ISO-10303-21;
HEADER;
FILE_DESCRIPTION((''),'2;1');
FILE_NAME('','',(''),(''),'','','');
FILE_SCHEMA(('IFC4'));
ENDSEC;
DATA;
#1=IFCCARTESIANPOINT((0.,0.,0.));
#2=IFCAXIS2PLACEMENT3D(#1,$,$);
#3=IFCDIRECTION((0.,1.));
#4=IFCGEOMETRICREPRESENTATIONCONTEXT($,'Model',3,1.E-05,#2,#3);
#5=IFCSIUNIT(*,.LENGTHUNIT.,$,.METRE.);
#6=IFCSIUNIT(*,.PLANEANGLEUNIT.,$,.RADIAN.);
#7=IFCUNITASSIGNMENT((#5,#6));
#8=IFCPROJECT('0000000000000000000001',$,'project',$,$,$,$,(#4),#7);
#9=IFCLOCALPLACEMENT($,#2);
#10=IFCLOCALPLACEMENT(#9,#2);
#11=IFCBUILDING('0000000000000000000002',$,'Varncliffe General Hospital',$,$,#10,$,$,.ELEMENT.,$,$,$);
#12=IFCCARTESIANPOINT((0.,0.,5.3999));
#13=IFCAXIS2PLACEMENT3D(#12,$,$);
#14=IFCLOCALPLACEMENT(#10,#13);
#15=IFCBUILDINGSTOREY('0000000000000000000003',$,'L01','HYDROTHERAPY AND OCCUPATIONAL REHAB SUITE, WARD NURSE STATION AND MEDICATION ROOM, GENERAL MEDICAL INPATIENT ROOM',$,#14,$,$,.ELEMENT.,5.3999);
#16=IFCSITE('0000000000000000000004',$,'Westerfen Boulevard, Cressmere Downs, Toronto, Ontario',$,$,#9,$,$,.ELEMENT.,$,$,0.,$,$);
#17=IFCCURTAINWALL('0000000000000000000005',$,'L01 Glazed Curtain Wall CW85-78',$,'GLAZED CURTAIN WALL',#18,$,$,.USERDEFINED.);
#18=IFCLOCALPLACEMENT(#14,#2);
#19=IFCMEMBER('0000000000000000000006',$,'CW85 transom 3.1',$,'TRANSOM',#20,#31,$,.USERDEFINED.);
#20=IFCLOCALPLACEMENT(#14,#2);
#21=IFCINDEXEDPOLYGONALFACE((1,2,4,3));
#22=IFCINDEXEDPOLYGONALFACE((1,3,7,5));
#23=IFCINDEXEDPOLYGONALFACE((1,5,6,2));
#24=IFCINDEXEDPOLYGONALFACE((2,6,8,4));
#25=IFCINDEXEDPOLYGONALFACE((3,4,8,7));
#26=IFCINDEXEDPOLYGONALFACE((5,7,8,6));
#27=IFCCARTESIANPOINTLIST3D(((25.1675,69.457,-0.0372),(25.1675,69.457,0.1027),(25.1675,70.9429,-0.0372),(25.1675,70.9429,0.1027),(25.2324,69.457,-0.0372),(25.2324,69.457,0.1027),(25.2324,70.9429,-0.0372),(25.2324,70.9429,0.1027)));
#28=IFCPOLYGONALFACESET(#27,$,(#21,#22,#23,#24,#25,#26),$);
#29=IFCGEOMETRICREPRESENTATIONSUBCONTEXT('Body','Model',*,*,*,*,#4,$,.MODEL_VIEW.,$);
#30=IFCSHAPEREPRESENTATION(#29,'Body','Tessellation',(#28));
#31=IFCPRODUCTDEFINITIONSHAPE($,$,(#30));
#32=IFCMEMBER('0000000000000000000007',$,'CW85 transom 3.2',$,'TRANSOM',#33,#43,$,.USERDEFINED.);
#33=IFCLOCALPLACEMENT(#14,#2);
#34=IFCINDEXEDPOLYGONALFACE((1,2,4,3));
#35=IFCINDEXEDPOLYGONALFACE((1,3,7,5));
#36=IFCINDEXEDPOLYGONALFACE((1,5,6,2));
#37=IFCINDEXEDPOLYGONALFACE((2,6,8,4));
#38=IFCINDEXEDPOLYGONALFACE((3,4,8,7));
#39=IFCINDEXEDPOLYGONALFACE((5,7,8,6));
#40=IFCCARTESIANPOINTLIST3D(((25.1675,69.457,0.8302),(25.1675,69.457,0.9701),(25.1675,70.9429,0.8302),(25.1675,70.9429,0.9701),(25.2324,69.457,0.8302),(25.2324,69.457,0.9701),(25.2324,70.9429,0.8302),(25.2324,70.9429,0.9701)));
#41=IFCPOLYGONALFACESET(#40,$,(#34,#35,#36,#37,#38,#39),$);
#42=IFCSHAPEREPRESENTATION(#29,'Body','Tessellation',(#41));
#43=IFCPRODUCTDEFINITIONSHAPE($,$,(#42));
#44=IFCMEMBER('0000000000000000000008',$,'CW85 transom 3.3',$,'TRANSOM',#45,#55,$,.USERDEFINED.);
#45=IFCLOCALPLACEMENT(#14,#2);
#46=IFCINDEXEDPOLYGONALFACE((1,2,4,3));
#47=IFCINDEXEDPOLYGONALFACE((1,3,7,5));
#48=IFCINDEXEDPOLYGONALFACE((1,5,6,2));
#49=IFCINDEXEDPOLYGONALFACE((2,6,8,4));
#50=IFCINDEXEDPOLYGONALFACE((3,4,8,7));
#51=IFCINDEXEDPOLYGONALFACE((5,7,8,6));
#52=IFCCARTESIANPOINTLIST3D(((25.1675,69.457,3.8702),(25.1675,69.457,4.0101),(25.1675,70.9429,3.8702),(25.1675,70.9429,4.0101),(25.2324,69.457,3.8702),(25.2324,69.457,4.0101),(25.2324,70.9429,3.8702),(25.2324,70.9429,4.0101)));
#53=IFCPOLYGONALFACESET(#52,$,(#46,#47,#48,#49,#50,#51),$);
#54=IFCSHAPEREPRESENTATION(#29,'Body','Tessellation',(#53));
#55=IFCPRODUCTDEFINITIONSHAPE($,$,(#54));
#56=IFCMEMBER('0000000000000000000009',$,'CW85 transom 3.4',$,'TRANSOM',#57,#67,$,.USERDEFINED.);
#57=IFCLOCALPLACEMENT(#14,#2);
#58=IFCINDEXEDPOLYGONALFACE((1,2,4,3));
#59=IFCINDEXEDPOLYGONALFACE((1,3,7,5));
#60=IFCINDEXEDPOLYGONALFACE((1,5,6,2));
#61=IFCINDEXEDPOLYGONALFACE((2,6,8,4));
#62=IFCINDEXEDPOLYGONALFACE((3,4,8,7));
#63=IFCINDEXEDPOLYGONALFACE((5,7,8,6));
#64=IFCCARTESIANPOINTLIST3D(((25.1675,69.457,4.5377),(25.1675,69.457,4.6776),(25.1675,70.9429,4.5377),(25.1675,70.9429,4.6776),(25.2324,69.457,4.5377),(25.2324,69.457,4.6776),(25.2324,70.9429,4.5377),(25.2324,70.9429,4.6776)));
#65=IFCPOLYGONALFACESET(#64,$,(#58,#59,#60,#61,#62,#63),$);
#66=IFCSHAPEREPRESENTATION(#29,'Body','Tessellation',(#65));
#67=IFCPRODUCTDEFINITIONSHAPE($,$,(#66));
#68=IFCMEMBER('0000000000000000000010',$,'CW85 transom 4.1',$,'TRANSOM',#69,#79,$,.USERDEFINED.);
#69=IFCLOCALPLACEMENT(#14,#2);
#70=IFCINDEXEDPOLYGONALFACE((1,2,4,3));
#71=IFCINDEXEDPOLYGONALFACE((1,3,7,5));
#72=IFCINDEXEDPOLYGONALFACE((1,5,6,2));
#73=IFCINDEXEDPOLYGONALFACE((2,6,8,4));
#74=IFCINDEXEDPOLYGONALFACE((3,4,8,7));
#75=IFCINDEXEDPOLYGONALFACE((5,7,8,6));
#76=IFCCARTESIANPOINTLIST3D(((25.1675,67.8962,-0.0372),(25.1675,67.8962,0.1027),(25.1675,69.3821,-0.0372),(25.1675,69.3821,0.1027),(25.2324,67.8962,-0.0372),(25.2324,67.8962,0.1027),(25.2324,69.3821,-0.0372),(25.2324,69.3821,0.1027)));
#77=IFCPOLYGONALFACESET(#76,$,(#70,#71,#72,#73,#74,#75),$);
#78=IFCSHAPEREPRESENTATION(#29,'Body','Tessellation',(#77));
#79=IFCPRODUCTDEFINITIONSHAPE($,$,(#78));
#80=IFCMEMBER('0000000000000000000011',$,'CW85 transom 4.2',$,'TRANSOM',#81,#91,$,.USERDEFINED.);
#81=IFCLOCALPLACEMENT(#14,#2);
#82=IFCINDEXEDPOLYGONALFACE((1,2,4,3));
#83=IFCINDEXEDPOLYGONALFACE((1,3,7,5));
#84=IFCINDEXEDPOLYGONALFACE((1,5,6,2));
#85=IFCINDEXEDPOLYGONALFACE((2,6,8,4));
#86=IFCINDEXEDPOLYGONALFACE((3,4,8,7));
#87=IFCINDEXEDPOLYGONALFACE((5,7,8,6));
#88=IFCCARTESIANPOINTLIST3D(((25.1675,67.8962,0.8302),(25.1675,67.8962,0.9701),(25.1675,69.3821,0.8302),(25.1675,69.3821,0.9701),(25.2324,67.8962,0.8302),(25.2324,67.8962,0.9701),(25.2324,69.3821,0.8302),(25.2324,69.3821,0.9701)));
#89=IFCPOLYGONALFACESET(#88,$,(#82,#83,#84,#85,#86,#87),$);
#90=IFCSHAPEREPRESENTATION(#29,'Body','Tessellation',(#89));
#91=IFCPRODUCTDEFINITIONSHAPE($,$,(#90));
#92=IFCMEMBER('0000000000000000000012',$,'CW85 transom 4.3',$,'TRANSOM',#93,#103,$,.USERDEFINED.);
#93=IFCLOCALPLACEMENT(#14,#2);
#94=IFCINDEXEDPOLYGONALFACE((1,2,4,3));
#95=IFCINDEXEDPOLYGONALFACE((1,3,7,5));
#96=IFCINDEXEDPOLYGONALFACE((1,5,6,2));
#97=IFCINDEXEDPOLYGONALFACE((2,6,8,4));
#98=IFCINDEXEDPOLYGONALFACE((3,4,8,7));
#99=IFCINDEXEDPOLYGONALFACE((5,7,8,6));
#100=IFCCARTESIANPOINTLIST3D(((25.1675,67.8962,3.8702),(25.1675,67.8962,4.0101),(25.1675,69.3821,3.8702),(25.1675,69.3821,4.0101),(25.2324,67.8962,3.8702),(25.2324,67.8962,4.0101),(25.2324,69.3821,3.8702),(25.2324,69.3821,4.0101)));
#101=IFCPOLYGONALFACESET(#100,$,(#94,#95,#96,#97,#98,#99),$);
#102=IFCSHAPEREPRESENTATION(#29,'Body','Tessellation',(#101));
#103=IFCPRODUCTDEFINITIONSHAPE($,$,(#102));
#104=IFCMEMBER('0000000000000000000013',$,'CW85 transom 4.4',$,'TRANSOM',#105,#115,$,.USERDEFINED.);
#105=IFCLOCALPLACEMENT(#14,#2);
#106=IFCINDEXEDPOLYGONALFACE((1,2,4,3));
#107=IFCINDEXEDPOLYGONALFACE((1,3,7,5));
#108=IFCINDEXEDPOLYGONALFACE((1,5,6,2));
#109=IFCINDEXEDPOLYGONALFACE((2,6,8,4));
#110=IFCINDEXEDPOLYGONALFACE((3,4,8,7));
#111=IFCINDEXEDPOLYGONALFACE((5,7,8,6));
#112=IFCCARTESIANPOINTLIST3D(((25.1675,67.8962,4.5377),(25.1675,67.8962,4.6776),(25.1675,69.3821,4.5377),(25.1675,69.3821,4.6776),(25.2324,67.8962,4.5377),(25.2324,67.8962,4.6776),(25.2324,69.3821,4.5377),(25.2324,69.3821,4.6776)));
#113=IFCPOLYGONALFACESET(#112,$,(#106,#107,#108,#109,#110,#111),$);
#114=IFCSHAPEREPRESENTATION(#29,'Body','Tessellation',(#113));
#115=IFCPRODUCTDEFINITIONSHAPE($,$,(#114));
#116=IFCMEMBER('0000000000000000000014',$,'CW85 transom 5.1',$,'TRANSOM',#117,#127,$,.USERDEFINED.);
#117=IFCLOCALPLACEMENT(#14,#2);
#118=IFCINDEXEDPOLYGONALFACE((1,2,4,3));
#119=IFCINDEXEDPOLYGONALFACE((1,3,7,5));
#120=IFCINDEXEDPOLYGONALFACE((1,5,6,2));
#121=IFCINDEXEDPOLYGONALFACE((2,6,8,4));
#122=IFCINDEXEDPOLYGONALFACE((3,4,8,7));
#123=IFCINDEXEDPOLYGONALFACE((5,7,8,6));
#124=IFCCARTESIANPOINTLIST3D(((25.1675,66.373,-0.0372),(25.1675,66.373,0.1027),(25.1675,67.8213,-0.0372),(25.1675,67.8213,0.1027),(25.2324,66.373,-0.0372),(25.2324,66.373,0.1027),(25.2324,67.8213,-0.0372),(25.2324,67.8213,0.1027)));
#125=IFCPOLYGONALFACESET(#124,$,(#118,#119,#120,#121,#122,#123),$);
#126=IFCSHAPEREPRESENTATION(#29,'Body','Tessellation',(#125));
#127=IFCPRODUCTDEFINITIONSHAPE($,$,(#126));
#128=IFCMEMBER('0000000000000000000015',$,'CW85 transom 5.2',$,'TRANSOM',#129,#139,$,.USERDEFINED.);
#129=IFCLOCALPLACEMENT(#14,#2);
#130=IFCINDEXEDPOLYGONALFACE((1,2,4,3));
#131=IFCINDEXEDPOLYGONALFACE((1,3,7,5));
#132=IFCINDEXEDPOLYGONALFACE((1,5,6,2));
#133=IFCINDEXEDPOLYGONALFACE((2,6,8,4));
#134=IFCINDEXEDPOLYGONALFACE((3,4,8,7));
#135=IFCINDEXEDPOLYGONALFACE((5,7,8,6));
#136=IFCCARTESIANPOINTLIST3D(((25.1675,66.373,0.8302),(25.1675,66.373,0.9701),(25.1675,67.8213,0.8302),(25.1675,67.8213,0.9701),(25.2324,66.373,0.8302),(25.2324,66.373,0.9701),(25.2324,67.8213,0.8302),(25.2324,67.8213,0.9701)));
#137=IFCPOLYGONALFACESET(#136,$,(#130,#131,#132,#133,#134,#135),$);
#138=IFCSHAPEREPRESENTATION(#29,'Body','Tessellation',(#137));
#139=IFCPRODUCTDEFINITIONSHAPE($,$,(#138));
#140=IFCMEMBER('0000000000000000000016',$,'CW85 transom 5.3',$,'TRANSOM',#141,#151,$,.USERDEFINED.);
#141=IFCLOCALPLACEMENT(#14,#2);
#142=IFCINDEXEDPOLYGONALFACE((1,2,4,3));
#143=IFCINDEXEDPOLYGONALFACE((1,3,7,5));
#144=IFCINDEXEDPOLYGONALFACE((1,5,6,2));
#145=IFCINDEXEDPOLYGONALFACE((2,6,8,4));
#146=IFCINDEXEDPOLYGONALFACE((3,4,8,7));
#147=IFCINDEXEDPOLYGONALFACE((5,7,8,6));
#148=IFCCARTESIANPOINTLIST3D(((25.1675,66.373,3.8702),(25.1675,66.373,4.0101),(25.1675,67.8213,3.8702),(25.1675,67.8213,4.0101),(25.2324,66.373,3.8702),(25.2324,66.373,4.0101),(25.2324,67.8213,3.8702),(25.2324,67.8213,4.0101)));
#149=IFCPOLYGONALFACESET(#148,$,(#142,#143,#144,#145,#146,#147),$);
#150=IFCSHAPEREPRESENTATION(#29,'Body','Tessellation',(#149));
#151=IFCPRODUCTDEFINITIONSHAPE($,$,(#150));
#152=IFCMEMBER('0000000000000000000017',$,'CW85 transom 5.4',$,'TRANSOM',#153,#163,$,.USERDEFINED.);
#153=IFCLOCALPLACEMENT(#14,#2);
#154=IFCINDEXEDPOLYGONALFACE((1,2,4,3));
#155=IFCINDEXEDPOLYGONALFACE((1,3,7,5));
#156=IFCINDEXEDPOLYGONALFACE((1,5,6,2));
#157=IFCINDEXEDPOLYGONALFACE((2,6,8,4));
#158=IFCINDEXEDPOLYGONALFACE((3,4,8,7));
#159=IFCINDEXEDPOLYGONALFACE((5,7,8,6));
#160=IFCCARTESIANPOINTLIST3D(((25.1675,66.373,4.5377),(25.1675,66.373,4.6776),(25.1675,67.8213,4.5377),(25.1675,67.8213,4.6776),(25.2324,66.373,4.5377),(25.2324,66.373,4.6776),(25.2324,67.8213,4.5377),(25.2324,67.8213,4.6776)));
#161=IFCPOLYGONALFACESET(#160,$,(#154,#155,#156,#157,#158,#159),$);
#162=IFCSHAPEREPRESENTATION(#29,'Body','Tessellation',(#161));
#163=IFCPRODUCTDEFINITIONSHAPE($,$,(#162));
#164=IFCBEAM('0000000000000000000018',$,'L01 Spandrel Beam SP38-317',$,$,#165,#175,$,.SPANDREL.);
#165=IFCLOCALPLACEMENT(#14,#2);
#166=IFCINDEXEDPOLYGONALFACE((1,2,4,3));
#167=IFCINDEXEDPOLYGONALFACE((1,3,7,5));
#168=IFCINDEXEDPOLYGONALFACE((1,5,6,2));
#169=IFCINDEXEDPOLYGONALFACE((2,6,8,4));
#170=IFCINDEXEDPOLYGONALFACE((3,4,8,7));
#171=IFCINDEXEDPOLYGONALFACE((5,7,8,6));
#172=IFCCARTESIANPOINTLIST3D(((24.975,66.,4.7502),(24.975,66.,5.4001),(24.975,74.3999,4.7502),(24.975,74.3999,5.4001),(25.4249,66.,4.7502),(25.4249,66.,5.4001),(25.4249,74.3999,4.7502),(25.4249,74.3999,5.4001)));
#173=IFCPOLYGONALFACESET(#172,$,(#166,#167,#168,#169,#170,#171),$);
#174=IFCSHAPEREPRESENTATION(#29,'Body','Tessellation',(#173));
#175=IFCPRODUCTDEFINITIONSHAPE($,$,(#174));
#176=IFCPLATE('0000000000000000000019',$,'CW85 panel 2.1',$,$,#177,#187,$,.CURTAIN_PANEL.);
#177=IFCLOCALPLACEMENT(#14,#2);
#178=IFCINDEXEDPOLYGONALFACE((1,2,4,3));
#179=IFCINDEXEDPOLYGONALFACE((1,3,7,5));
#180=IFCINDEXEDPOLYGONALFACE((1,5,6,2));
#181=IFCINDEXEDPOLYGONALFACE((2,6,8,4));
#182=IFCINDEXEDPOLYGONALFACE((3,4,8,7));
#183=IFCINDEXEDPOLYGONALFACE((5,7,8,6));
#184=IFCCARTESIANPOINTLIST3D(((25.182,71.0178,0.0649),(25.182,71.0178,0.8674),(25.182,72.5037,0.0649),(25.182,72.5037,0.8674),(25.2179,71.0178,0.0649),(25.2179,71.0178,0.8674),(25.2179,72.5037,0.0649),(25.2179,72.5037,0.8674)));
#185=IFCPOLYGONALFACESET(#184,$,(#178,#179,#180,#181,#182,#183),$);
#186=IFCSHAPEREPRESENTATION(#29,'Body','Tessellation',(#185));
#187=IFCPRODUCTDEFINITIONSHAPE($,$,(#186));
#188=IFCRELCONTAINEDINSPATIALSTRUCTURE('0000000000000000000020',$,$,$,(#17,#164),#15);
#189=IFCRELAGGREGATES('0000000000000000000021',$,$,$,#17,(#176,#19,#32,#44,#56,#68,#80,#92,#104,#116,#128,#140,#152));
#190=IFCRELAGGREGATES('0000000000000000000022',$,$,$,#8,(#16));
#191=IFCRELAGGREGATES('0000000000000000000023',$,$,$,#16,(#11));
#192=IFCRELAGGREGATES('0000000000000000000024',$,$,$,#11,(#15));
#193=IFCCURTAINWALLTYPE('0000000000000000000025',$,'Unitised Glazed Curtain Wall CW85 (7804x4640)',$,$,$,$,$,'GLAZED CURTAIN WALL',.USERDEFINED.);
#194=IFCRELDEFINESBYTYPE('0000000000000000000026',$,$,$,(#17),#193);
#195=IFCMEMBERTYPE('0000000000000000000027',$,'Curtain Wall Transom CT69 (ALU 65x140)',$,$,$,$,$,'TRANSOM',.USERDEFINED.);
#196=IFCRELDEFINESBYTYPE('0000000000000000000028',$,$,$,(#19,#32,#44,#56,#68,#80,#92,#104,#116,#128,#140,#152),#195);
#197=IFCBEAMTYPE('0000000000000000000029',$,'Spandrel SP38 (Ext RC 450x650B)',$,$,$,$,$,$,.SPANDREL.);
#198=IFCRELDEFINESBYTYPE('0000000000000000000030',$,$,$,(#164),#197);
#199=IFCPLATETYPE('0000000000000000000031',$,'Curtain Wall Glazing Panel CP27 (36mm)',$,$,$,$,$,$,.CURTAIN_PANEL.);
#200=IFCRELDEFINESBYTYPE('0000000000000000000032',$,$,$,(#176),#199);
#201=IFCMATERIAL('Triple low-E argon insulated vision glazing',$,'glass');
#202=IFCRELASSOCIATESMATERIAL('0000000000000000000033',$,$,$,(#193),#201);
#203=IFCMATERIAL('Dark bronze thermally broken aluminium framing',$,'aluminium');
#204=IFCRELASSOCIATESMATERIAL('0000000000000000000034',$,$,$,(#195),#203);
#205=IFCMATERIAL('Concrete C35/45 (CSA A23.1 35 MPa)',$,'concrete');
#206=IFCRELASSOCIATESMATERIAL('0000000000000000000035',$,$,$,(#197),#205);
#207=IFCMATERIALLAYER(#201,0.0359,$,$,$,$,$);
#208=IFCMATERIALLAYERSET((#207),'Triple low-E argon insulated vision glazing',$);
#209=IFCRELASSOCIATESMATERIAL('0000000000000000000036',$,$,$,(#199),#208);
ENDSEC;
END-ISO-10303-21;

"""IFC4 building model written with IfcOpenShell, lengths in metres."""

from ifc_helpers import new_model, si_unit, direction, frame, origin, origin_2d, place, context, subcontext, project, spatial, rectangle, extrude, material, layer, layer_set, material_profile, profile_set, type_object, element, aggregate, save


model = new_model("IFC4")

# Units and contexts
model_context = context("Model", 3, precision=1e-05, world=origin(), true_north=direction((0.0, 1.0)))
body_context = subcontext(model_context, "Body", "Model", "MODEL_VIEW")
ifc_project = project(units=[si_unit("LENGTHUNIT", "METRE"), si_unit("PLANEANGLEUNIT", "RADIAN")], contexts=[model_context])

# Site, building, storey
site_placement = place(None, origin())
site = spatial("IfcSite", under=ifc_project, at=site_placement, Name="Westerfen Boulevard, Cressmere Downs, Toronto, Ontario", CompositionType="ELEMENT", RefElevation=0.0)
building_placement = place(site_placement, origin())
building = spatial("IfcBuilding", under=site, at=building_placement, Name="Varncliffe General Hospital", CompositionType="ELEMENT")
storey_placement = place(building_placement, frame((0.0, 0.0, 5.3999)))
storey = spatial("IfcBuildingStorey", under=building, at=storey_placement, Name="L01", Description="HYDROTHERAPY AND OCCUPATIONAL REHAB SUITE, WARD NURSE STATION AND MEDICATION ROOM, GENERAL MEDICAL INPATIENT ROOM", CompositionType="ELEMENT", Elevation=5.3999)

# Shared definitions
ifc_material_1 = material(Name="Triple low-E argon insulated vision glazing", Category="glass")
ifc_material_2 = material(Name="Dark bronze thermally broken aluminium framing", Category="aluminium")

# Curtain wall
curtain_wall_type_1 = type_object("IfcCurtainWallType", Name="Unitised Glazed Curtain Wall CW85 (7804x4640)", ElementType="GLAZED CURTAIN WALL", PredefinedType="USERDEFINED", material=ifc_material_1)
curtain_wall_1_placement = place(storey_placement, origin())
curtain_wall_1 = element("IfcCurtainWall", 1, at=curtain_wall_1_placement, inside=storey, type_object=curtain_wall_type_1, Name="L01 Glazed Curtain Wall CW85-78", ObjectType="GLAZED CURTAIN WALL", PredefinedType="USERDEFINED")

# Members
ifc_material_profile_1 = material_profile(ifc_material_2, rectangle(XDim=0.0649, YDim=0.1399, at=origin_2d()), Name="ALU 65x140")
ifc_profile_set_1 = profile_set([ifc_material_profile_1], Name="Dark bronze thermally broken aluminium framing")
member_type_1 = type_object("IfcMemberType", Name="Curtain Wall Transom CT69 (ALU 65x140)", ElementType="TRANSOM", PredefinedType="USERDEFINED", material=ifc_profile_set_1)
member_1_placement = place(storey_placement, frame((25.2, 70.9429, 0.0327), z_axis=(0.0, -1.0, 0.0), x_axis=(1.0, 0.0, 0.0)))
member_1 = element("IfcMember", 2, at=member_1_placement, type_object=member_type_1, Name="CW85 transom 3.1", ObjectType="TRANSOM", PredefinedType="USERDEFINED", context=body_context, shape_type="SweptSolid", body=[
    extrude(rectangle(XDim=0.0649, YDim=0.1399, at=origin_2d()), origin(), (0.0, 0.0, 1.0), 1.4858),
])
member_2_placement = place(storey_placement, frame((25.2, 70.9429, 0.9001), z_axis=(0.0, -1.0, 0.0), x_axis=(1.0, 0.0, 0.0)))
member_2 = element("IfcMember", 3, at=member_2_placement, type_object=member_type_1, Name="CW85 transom 3.2", ObjectType="TRANSOM", PredefinedType="USERDEFINED", context=body_context, shape_type="SweptSolid", body=[
    extrude(rectangle(XDim=0.0649, YDim=0.1399, at=origin_2d()), origin(), (0.0, 0.0, 1.0), 1.4858),
])
member_3_placement = place(storey_placement, frame((25.2, 70.9429, 3.9402), z_axis=(0.0, -1.0, 0.0), x_axis=(1.0, 0.0, 0.0)))
member_3 = element("IfcMember", 4, at=member_3_placement, type_object=member_type_1, Name="CW85 transom 3.3", ObjectType="TRANSOM", PredefinedType="USERDEFINED", context=body_context, shape_type="SweptSolid", body=[
    extrude(rectangle(XDim=0.0649, YDim=0.1399, at=origin_2d()), origin(), (0.0, 0.0, 1.0), 1.4858),
])
member_4_placement = place(storey_placement, frame((25.2, 70.9429, 4.6077), z_axis=(0.0, -1.0, 0.0), x_axis=(1.0, 0.0, 0.0)))
member_4 = element("IfcMember", 5, at=member_4_placement, type_object=member_type_1, Name="CW85 transom 3.4", ObjectType="TRANSOM", PredefinedType="USERDEFINED", context=body_context, shape_type="SweptSolid", body=[
    extrude(rectangle(XDim=0.0649, YDim=0.1399, at=origin_2d()), origin(), (0.0, 0.0, 1.0), 1.4858),
])
member_5_placement = place(storey_placement, frame((25.2, 69.3821, 0.0327), z_axis=(0.0, -1.0, 0.0), x_axis=(1.0, 0.0, 0.0)))
member_5 = element("IfcMember", 6, at=member_5_placement, type_object=member_type_1, Name="CW85 transom 4.1", ObjectType="TRANSOM", PredefinedType="USERDEFINED", context=body_context, shape_type="SweptSolid", body=[
    extrude(rectangle(XDim=0.0649, YDim=0.1399, at=origin_2d()), origin(), (0.0, 0.0, 1.0), 1.4858),
])
member_6_placement = place(storey_placement, frame((25.2, 69.3821, 0.9001), z_axis=(0.0, -1.0, 0.0), x_axis=(1.0, 0.0, 0.0)))
member_6 = element("IfcMember", 7, at=member_6_placement, type_object=member_type_1, Name="CW85 transom 4.2", ObjectType="TRANSOM", PredefinedType="USERDEFINED", context=body_context, shape_type="SweptSolid", body=[
    extrude(rectangle(XDim=0.0649, YDim=0.1399, at=origin_2d()), origin(), (0.0, 0.0, 1.0), 1.4858),
])
member_7_placement = place(storey_placement, frame((25.2, 69.3821, 3.9402), z_axis=(0.0, -1.0, 0.0), x_axis=(1.0, 0.0, 0.0)))
member_7 = element("IfcMember", 8, at=member_7_placement, type_object=member_type_1, Name="CW85 transom 4.3", ObjectType="TRANSOM", PredefinedType="USERDEFINED", context=body_context, shape_type="SweptSolid", body=[
    extrude(rectangle(XDim=0.0649, YDim=0.1399, at=origin_2d()), origin(), (0.0, 0.0, 1.0), 1.4858),
])
member_8_placement = place(storey_placement, frame((25.2, 69.3821, 4.6077), z_axis=(0.0, -1.0, 0.0), x_axis=(1.0, 0.0, 0.0)))
member_8 = element("IfcMember", 9, at=member_8_placement, type_object=member_type_1, Name="CW85 transom 4.4", ObjectType="TRANSOM", PredefinedType="USERDEFINED", context=body_context, shape_type="SweptSolid", body=[
    extrude(rectangle(XDim=0.0649, YDim=0.1399, at=origin_2d()), origin(), (0.0, 0.0, 1.0), 1.4858),
])
member_9_placement = place(storey_placement, frame((25.2, 67.8213, 0.0327), z_axis=(0.0, -1.0, 0.0), x_axis=(1.0, 0.0, 0.0)))
member_9 = element("IfcMember", 10, at=member_9_placement, type_object=member_type_1, Name="CW85 transom 5.1", ObjectType="TRANSOM", PredefinedType="USERDEFINED", context=body_context, shape_type="SweptSolid", body=[
    extrude(rectangle(XDim=0.0649, YDim=0.1399, at=origin_2d()), origin(), (0.0, 0.0, 1.0), 1.4482),
])
member_10_placement = place(storey_placement, frame((25.2, 67.8213, 0.9001), z_axis=(0.0, -1.0, 0.0), x_axis=(1.0, 0.0, 0.0)))
member_10 = element("IfcMember", 11, at=member_10_placement, type_object=member_type_1, Name="CW85 transom 5.2", ObjectType="TRANSOM", PredefinedType="USERDEFINED", context=body_context, shape_type="SweptSolid", body=[
    extrude(rectangle(XDim=0.0649, YDim=0.1399, at=origin_2d()), origin(), (0.0, 0.0, 1.0), 1.4482),
])
member_11_placement = place(storey_placement, frame((25.2, 67.8213, 3.9402), z_axis=(0.0, -1.0, 0.0), x_axis=(1.0, 0.0, 0.0)))
member_11 = element("IfcMember", 12, at=member_11_placement, type_object=member_type_1, Name="CW85 transom 5.3", ObjectType="TRANSOM", PredefinedType="USERDEFINED", context=body_context, shape_type="SweptSolid", body=[
    extrude(rectangle(XDim=0.0649, YDim=0.1399, at=origin_2d()), origin(), (0.0, 0.0, 1.0), 1.4482),
])
member_12_placement = place(storey_placement, frame((25.2, 67.8213, 4.6077), z_axis=(0.0, -1.0, 0.0), x_axis=(1.0, 0.0, 0.0)))
member_12 = element("IfcMember", 13, at=member_12_placement, type_object=member_type_1, Name="CW85 transom 5.4", ObjectType="TRANSOM", PredefinedType="USERDEFINED", context=body_context, shape_type="SweptSolid", body=[
    extrude(rectangle(XDim=0.0649, YDim=0.1399, at=origin_2d()), origin(), (0.0, 0.0, 1.0), 1.4482),
])

# Beam
ifc_material_3 = material(Name="Concrete C35/45 (CSA A23.1 35 MPa)", Category="concrete")
ifc_material_profile_2 = material_profile(ifc_material_3, rectangle(XDim=0.45, YDim=0.6499, at=origin_2d()), Name="RC 450x650")
ifc_profile_set_2 = profile_set([ifc_material_profile_2], Name="Concrete C35/45 (CSA A23.1 35 MPa)")
beam_type = type_object("IfcBeamType", Name="Spandrel SP38 (Ext RC 450x650B)", PredefinedType="SPANDREL", material=ifc_profile_set_2)
beam_placement = place(storey_placement, frame((25.2, 66.0, 5.0752), z_axis=(0.0, 1.0, 0.0), x_axis=(-1.0, 0.0, 0.0)))
element("IfcBeam", 14, at=beam_placement, inside=storey, type_object=beam_type, Name="L01 Spandrel Beam SP38-317", PredefinedType="SPANDREL", context=body_context, shape_type="SweptSolid", body=[
    extrude(rectangle(XDim=0.45, YDim=0.6499, at=origin_2d()), origin(), (0.0, 0.0, 1.0), 8.3999),
])

# Plate
ifc_layer = layer(ifc_material_1, 0.0359)
ifc_layer_set = layer_set([ifc_layer], Name="Triple low-E argon insulated vision glazing")
plate_type = type_object("IfcPlateType", Name="Curtain Wall Glazing Panel CP27 (36mm)", PredefinedType="CURTAIN_PANEL", material=ifc_layer_set)
plate_1_placement = place(storey_placement, frame((25.2, 71.7607, 0.0649), z_axis=(0.0, 0.0, 1.0), x_axis=(0.0, -1.0, 0.0)))
plate_1 = element("IfcPlate", 15, at=plate_1_placement, type_object=plate_type, Name="CW85 panel 2.1", PredefinedType="CURTAIN_PANEL", context=body_context, shape_type="SweptSolid", body=[
    extrude(rectangle(XDim=1.4858, YDim=0.0359, at=origin_2d()), origin(), (0.0, 0.0, 1.0), 0.8025),
])
aggregate(curtain_wall_1, [plate_1, member_1, member_2, member_3, member_4, member_5, member_6, member_7, member_8, member_9, member_10, member_11, member_12])

save(model, "model.ifc")
